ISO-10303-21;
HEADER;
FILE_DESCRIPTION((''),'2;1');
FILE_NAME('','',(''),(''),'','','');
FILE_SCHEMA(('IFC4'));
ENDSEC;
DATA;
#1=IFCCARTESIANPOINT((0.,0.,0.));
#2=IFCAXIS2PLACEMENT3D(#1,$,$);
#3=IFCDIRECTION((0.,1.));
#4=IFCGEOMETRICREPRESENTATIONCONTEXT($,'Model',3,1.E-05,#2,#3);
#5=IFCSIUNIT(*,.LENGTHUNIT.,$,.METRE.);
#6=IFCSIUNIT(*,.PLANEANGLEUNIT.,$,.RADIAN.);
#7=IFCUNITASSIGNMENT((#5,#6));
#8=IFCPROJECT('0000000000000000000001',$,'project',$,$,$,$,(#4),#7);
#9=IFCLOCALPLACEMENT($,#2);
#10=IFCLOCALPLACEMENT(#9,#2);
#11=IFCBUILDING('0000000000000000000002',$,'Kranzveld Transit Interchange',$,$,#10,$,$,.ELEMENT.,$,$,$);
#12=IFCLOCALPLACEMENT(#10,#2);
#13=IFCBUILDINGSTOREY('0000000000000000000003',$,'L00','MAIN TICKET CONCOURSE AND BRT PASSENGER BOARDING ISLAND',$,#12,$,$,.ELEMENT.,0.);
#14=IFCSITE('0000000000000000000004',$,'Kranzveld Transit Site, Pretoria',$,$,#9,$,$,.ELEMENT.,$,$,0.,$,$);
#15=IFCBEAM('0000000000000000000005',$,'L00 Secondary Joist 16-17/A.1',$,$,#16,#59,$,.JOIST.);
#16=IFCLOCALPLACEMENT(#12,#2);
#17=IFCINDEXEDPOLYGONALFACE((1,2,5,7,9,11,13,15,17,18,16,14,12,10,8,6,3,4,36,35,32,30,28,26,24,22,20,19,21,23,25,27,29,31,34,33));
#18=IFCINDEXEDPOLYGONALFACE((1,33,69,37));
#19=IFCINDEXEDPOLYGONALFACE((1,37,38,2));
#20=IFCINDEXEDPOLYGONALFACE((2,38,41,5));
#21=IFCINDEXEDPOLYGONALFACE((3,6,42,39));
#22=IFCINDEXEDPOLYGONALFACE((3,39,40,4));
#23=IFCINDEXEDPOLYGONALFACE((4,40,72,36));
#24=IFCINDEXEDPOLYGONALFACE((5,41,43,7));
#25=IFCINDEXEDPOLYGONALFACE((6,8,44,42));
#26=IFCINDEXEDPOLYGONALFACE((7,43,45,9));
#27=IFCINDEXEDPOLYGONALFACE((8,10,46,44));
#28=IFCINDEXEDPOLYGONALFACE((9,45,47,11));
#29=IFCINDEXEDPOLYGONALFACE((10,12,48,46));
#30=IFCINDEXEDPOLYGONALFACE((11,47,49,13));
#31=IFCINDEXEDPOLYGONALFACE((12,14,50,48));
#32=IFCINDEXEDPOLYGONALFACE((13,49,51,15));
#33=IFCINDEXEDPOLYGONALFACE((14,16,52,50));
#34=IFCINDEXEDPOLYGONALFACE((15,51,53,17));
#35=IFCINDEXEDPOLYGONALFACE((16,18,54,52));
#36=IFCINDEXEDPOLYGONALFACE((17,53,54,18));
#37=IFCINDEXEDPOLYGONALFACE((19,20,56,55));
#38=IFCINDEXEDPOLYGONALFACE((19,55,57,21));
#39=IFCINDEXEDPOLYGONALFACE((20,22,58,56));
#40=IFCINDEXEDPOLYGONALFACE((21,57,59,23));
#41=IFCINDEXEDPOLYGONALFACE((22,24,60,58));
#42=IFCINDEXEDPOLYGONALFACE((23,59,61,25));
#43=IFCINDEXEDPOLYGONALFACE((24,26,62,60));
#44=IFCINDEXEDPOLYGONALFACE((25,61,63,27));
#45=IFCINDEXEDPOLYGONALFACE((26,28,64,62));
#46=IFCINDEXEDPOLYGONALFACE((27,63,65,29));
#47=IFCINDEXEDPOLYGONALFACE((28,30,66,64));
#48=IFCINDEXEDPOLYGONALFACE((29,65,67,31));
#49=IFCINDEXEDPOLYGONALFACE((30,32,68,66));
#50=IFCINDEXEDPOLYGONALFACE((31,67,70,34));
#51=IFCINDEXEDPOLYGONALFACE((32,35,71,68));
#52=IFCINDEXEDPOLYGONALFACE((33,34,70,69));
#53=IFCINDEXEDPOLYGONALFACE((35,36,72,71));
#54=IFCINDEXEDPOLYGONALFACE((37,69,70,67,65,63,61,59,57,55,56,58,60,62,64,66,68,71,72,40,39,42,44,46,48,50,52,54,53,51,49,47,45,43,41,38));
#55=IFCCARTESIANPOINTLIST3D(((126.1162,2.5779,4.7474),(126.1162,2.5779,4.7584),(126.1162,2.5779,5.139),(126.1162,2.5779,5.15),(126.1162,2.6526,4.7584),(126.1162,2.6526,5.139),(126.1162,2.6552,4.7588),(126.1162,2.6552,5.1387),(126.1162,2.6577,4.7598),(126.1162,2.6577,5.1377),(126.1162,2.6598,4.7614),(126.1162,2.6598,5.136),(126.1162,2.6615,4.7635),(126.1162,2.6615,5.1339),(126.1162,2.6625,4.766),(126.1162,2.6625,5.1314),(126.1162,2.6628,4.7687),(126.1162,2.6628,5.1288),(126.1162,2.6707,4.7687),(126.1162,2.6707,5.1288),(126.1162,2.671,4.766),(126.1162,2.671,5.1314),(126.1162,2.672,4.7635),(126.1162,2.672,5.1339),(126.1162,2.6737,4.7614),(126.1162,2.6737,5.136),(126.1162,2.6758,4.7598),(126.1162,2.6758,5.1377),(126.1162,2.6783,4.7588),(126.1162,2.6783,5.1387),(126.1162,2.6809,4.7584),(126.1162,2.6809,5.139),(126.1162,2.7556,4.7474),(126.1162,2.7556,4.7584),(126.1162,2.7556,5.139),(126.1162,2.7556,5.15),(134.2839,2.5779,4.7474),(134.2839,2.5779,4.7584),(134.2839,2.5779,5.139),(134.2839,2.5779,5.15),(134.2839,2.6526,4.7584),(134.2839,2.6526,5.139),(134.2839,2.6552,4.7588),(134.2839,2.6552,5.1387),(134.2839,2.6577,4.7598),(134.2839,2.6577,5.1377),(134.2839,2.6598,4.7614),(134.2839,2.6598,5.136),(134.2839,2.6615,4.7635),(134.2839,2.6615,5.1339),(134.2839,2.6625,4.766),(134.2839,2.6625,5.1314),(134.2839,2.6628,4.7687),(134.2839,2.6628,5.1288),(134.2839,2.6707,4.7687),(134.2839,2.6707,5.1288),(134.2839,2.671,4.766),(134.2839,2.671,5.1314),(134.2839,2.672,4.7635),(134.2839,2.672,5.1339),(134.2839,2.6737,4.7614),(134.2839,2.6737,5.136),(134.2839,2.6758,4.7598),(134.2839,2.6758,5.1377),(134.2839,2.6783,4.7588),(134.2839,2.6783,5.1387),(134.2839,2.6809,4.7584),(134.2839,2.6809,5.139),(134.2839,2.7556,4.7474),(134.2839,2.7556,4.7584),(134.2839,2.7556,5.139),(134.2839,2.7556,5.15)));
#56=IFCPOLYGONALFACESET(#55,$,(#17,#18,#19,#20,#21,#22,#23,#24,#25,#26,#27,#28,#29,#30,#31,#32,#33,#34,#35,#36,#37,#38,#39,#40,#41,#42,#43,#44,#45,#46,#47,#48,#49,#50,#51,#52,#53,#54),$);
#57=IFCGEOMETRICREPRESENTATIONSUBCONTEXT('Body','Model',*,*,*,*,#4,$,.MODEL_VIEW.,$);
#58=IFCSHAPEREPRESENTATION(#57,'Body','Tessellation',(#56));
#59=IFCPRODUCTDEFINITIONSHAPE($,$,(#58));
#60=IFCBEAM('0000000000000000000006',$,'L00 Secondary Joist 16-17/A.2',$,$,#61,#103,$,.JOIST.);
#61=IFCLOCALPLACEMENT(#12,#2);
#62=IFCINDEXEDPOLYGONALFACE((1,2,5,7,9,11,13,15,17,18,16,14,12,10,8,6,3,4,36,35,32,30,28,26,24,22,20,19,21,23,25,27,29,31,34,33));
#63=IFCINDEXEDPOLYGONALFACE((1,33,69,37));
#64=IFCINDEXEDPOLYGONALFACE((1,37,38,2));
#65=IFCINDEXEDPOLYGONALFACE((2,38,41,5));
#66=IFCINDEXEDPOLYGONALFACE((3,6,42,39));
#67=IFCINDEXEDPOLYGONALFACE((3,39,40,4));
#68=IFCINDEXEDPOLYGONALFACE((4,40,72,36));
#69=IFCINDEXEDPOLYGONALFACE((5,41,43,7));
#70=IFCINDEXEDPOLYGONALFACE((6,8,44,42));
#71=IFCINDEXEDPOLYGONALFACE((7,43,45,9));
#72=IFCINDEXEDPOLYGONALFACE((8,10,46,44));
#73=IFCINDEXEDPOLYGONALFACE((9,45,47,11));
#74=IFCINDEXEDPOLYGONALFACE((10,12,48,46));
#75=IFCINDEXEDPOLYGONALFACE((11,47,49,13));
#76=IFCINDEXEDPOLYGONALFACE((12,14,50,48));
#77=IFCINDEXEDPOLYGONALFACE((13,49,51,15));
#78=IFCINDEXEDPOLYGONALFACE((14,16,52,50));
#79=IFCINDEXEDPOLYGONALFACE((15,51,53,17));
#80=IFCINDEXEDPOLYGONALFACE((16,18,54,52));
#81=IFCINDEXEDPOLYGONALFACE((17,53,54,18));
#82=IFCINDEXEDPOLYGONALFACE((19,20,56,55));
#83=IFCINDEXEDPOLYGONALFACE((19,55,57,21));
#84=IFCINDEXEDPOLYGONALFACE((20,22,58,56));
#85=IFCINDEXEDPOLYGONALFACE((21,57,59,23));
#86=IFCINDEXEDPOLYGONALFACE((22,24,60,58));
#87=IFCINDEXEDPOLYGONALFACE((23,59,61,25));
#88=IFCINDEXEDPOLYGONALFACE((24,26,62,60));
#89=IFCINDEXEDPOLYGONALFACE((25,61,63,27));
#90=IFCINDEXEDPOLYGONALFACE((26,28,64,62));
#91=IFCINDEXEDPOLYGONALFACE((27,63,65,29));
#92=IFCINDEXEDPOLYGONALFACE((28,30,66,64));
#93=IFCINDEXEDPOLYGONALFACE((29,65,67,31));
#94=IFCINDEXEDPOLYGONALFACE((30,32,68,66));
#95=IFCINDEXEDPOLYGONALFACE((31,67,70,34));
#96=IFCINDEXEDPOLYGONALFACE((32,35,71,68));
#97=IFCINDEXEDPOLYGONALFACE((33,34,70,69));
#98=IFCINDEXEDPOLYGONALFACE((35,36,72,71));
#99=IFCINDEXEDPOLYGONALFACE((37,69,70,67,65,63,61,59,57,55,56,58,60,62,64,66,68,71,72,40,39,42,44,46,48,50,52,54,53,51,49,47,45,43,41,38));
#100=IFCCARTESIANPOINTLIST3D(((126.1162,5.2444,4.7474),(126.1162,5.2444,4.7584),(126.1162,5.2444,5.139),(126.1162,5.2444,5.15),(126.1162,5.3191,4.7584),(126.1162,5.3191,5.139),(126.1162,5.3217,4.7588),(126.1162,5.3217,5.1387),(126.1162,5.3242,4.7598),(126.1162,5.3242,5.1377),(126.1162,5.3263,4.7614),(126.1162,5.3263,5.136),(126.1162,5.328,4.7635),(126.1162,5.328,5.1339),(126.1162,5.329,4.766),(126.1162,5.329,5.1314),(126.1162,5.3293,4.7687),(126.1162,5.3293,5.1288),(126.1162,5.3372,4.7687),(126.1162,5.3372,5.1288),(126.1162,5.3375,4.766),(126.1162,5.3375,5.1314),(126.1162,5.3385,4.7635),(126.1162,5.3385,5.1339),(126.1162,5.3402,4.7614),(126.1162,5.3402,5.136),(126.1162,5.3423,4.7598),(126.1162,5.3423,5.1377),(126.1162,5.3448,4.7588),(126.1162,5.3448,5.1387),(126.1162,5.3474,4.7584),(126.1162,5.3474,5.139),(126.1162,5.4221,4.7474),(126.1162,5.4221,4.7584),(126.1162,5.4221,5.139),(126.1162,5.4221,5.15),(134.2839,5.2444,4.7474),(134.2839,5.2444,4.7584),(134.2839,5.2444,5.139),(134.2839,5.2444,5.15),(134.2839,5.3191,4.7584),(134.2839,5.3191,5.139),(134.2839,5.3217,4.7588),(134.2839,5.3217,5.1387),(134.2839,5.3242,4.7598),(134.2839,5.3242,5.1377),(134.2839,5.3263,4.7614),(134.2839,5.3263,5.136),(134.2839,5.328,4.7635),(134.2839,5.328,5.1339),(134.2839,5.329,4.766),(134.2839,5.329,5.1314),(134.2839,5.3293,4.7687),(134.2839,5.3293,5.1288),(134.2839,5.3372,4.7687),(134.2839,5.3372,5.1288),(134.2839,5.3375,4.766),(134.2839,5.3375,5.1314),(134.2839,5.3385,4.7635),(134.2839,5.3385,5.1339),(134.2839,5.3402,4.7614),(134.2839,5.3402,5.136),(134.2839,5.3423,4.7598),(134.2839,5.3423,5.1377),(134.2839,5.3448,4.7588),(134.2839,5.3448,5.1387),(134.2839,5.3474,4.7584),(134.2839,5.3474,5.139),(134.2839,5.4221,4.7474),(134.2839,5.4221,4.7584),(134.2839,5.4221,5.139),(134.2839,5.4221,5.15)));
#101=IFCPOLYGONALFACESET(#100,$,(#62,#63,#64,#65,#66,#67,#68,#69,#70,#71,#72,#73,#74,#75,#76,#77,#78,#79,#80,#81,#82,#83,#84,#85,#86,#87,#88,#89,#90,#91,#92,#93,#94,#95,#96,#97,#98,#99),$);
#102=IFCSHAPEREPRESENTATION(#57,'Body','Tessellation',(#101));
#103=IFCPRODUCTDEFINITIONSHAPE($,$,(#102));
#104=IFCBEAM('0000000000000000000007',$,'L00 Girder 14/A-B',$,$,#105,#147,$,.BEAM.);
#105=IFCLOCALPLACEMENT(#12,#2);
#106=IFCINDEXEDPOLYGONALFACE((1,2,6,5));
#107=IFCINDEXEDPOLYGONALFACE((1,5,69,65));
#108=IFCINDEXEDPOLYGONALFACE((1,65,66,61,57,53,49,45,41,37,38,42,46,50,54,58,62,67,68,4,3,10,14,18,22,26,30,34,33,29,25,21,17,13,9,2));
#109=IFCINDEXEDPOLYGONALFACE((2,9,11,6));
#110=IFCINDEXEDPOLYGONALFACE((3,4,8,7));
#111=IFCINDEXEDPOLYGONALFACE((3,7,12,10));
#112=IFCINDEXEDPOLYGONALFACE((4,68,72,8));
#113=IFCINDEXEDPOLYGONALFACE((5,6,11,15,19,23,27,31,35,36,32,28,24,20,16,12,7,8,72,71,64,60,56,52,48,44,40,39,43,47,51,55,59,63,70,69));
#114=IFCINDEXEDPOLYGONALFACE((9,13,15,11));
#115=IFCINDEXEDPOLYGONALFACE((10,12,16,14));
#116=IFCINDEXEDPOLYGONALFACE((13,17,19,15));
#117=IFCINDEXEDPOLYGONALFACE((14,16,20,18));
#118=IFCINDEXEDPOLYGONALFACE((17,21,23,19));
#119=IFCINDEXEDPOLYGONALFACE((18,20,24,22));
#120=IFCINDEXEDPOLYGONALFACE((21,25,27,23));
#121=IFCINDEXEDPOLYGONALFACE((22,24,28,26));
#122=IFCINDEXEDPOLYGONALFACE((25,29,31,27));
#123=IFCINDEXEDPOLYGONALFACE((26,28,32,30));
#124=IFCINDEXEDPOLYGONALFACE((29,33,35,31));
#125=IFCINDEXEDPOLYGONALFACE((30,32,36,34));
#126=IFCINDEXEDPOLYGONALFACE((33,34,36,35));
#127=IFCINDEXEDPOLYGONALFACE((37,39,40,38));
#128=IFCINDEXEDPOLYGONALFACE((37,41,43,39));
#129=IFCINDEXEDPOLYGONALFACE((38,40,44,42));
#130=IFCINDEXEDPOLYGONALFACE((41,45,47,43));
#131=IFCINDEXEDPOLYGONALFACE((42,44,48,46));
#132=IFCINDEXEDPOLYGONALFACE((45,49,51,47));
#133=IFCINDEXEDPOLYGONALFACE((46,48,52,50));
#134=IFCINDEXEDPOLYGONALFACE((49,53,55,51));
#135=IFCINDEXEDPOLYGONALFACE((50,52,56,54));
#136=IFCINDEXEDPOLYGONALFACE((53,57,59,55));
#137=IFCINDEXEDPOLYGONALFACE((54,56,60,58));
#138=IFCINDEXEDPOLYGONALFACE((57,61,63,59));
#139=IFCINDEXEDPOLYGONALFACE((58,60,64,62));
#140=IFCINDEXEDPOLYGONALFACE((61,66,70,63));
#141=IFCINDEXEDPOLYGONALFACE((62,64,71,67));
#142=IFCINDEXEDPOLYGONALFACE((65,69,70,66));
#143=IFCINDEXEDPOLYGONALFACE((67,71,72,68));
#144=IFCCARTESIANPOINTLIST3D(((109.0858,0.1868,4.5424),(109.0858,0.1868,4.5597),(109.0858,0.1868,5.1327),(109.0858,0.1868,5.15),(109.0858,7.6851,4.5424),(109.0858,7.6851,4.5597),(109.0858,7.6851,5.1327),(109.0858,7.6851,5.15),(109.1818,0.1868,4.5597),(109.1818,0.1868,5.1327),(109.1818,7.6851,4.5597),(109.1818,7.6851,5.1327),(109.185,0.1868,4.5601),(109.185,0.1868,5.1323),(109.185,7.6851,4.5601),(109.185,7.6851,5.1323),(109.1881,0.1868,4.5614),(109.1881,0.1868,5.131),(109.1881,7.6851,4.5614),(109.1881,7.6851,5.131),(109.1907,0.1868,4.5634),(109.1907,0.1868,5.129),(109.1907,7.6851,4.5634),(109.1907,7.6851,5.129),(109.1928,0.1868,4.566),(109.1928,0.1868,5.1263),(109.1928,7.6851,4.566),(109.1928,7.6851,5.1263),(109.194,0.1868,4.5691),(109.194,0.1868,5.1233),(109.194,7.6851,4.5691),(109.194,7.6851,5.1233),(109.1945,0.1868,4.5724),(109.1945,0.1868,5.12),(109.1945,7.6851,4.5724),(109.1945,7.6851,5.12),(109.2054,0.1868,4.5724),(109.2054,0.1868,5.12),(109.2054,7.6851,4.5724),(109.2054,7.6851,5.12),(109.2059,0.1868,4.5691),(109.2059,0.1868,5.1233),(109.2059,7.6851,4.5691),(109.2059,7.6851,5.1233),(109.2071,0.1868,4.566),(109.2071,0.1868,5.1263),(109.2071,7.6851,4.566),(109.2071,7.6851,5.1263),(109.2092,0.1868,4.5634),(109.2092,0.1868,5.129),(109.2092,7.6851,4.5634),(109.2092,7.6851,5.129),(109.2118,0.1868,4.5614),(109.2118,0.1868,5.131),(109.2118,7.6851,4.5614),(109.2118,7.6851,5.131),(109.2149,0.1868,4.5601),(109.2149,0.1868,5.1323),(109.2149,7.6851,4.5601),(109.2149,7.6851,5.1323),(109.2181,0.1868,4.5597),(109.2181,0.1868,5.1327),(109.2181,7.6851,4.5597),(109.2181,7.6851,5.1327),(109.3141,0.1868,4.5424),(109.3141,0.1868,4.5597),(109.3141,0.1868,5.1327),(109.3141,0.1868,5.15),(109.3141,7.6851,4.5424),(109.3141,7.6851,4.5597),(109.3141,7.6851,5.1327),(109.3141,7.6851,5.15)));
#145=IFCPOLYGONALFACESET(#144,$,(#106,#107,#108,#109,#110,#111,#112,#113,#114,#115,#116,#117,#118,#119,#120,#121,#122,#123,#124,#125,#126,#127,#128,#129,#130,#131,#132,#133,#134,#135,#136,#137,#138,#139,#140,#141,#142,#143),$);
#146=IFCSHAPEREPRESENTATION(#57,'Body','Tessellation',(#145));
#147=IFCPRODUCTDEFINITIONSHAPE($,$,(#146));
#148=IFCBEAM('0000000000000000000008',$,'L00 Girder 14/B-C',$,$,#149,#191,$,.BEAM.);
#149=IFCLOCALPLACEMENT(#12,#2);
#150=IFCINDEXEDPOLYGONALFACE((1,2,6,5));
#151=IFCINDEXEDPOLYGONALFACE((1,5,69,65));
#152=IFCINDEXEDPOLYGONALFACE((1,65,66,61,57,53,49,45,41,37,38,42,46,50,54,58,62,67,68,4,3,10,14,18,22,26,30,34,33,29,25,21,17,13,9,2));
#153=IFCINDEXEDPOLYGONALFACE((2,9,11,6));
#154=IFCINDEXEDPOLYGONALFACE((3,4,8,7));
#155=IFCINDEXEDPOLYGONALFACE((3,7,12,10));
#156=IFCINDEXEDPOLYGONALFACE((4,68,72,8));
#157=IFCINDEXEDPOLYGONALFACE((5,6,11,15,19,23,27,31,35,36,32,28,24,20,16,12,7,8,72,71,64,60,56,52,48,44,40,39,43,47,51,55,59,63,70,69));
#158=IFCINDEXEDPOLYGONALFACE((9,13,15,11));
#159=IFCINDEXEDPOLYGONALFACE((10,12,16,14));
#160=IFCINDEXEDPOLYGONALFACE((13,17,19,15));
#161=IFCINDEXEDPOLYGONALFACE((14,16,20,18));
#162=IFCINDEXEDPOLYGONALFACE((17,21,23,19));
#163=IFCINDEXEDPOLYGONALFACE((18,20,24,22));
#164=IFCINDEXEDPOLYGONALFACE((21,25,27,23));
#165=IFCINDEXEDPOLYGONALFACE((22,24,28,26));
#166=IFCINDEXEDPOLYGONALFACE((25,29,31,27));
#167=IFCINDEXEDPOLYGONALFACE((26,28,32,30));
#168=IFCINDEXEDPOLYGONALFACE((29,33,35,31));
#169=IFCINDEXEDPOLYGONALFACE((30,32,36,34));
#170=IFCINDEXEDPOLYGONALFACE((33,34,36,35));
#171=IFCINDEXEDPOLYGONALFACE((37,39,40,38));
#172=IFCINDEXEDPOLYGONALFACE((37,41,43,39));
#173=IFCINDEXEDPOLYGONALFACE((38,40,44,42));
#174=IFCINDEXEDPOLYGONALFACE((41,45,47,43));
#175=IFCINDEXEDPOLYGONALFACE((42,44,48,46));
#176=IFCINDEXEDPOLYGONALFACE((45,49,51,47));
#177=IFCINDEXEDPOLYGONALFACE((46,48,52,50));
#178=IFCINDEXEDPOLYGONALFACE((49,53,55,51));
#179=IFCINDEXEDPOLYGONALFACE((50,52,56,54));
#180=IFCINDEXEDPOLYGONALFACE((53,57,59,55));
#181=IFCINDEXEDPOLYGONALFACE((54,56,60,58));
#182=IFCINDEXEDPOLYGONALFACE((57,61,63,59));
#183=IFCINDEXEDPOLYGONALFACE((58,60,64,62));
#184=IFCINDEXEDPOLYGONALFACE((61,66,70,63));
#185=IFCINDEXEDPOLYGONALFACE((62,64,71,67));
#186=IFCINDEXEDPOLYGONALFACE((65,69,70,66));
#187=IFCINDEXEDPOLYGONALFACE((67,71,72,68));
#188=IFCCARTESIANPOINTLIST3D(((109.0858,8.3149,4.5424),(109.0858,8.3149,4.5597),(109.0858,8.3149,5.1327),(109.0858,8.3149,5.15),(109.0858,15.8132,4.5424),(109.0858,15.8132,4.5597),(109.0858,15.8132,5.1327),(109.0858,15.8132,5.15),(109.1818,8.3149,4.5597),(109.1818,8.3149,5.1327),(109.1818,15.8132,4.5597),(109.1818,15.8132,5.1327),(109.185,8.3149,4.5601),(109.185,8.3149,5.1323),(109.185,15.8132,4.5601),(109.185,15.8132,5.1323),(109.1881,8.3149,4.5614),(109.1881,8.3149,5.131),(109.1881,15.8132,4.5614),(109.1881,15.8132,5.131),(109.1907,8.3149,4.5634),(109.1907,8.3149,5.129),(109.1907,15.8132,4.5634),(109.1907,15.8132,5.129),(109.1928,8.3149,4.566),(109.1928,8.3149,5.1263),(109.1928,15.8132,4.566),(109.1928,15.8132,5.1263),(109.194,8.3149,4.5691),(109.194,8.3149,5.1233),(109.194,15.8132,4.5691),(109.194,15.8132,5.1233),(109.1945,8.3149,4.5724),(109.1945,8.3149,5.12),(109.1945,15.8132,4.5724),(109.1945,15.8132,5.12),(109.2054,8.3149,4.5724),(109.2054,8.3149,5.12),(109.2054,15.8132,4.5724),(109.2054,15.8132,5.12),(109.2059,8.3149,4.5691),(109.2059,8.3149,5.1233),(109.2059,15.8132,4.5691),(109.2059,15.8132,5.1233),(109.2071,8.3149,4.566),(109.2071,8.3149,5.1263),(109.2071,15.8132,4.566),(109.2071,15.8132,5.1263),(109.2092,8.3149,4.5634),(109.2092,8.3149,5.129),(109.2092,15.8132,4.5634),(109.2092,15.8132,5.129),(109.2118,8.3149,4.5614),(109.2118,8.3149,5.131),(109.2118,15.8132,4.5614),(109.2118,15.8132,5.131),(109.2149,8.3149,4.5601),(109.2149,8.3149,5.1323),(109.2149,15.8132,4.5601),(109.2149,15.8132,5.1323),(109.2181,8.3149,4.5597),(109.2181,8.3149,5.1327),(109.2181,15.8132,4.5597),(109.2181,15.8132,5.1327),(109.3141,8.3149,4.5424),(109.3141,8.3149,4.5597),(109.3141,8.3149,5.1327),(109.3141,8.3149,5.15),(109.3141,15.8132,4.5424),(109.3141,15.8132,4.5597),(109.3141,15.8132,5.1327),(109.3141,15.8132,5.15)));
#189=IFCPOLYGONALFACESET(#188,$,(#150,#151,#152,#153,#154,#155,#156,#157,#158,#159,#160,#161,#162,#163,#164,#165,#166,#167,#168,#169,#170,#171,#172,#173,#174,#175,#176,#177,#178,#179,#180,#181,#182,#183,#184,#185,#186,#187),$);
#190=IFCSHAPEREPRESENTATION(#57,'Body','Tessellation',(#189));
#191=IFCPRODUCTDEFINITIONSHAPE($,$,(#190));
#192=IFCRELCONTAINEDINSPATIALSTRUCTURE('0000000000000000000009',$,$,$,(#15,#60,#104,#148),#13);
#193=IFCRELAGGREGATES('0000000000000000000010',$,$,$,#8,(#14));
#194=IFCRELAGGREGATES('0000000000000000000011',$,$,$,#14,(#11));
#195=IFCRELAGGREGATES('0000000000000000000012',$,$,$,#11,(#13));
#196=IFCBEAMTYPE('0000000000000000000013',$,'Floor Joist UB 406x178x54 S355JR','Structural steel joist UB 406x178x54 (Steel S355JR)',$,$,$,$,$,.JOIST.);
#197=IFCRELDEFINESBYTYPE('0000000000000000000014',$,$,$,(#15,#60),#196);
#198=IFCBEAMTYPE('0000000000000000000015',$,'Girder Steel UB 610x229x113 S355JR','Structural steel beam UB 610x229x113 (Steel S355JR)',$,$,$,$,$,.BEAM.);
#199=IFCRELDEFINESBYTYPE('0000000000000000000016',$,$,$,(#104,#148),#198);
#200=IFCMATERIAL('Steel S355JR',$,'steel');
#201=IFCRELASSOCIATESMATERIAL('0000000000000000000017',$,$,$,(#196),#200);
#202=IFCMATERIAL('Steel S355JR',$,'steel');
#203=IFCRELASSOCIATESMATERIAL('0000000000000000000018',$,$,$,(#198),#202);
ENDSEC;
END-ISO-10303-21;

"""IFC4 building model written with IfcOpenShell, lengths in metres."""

from ifc_helpers import new_model, si_unit, direction, frame, origin, origin_2d, place, context, subcontext, project, spatial, i_section, extrude, material, material_profile, profile_set, type_object, element, save


model = new_model("IFC4")

# Units and contexts
model_context = context("Model", 3, precision=1e-05, world=origin(), true_north=direction((0.0, 1.0)))
body_context = subcontext(model_context, "Body", "Model", "MODEL_VIEW")
ifc_project = project(units=[si_unit("LENGTHUNIT", "METRE"), si_unit("PLANEANGLEUNIT", "RADIAN")], contexts=[model_context])

# Site, building, storey
site_placement = place(None, origin())
site = spatial("IfcSite", under=ifc_project, at=site_placement, Name="Kranzveld Transit Site, Pretoria", CompositionType="ELEMENT", RefElevation=0.0)
building_placement = place(site_placement, origin())
building = spatial("IfcBuilding", under=site, at=building_placement, Name="Kranzveld Transit Interchange", CompositionType="ELEMENT")
storey_placement = place(building_placement, origin())
storey = spatial("IfcBuildingStorey", under=building, at=storey_placement, Name="L00", Description="MAIN TICKET CONCOURSE AND BRT PASSENGER BOARDING ISLAND", CompositionType="ELEMENT", Elevation=0.0)

# Beams
ifc_material_1 = material(Name="Steel S355JR", Category="steel")
ifc_material_profile_1 = material_profile(ifc_material_1, i_section(OverallWidth=0.1777, OverallDepth=0.4026, WebThickness=0.0078, FlangeThickness=0.011, FilletRadius=0.0103, at=origin_2d()), Name="UB 406x178x54")
ifc_profile_set_1 = profile_set([ifc_material_profile_1], Name="Steel S355JR")
beam_type_1 = type_object("IfcBeamType", Name="Floor Joist UB 406x178x54 S355JR", Description="Structural steel joist UB 406x178x54 (Steel S355JR)", PredefinedType="JOIST", material=ifc_profile_set_1)
for number, where, z_axis, x_axis, name in (
    (1, (126.1162, 2.6667, 4.9487), (1.0, 0.0, 0.0), (0.0, 1.0, 0.0), "L00 Secondary Joist 16-17/A.1"),
    (2, (126.1162, 5.3333, 4.9487), (1.0, 0.0, 0.0), (0.0, 1.0, 0.0), "L00 Secondary Joist 16-17/A.2"),
):
    element("IfcBeam", number, at=place(storey_placement, frame(where, z_axis=z_axis, x_axis=x_axis)), inside=storey, type_object=beam_type_1, Name=name, PredefinedType="JOIST", context=body_context, shape_type="SweptSolid", body=[
        extrude(i_section(OverallWidth=0.1777, OverallDepth=0.4026, WebThickness=0.0078, FlangeThickness=0.011, FilletRadius=0.0103, at=origin_2d()), origin(), (0.0, 0.0, 1.0), 8.1677),
    ])
ifc_material_2 = material(Name="Steel S355JR", Category="steel")
ifc_material_profile_2 = material_profile(ifc_material_2, i_section(OverallWidth=0.2283, OverallDepth=0.6077, WebThickness=0.011, FlangeThickness=0.0173, FilletRadius=0.0127, at=origin_2d()), Name="UB 610x229x113")
ifc_profile_set_2 = profile_set([ifc_material_profile_2], Name="Steel S355JR")
beam_type_2 = type_object("IfcBeamType", Name="Girder Steel UB 610x229x113 S355JR", Description="Structural steel beam UB 610x229x113 (Steel S355JR)", PredefinedType="BEAM", material=ifc_profile_set_2)
for number, where, z_axis, x_axis, name in (
    (3, (109.2, 0.1868, 4.8462), (0.0, 1.0, 0.0), (-1.0, 0.0, 0.0), "L00 Girder 14/A-B"),
    (4, (109.2, 8.3149, 4.8462), (0.0, 1.0, 0.0), (-1.0, 0.0, 0.0), "L00 Girder 14/B-C"),
):
    element("IfcBeam", number, at=place(storey_placement, frame(where, z_axis=z_axis, x_axis=x_axis)), inside=storey, type_object=beam_type_2, Name=name, PredefinedType="BEAM", context=body_context, shape_type="SweptSolid", body=[
        extrude(i_section(OverallWidth=0.2283, OverallDepth=0.6077, WebThickness=0.011, FlangeThickness=0.0173, FilletRadius=0.0127, at=origin_2d()), origin(), (0.0, 0.0, 1.0), 7.4983),
    ])

save(model, "model.ifc")
